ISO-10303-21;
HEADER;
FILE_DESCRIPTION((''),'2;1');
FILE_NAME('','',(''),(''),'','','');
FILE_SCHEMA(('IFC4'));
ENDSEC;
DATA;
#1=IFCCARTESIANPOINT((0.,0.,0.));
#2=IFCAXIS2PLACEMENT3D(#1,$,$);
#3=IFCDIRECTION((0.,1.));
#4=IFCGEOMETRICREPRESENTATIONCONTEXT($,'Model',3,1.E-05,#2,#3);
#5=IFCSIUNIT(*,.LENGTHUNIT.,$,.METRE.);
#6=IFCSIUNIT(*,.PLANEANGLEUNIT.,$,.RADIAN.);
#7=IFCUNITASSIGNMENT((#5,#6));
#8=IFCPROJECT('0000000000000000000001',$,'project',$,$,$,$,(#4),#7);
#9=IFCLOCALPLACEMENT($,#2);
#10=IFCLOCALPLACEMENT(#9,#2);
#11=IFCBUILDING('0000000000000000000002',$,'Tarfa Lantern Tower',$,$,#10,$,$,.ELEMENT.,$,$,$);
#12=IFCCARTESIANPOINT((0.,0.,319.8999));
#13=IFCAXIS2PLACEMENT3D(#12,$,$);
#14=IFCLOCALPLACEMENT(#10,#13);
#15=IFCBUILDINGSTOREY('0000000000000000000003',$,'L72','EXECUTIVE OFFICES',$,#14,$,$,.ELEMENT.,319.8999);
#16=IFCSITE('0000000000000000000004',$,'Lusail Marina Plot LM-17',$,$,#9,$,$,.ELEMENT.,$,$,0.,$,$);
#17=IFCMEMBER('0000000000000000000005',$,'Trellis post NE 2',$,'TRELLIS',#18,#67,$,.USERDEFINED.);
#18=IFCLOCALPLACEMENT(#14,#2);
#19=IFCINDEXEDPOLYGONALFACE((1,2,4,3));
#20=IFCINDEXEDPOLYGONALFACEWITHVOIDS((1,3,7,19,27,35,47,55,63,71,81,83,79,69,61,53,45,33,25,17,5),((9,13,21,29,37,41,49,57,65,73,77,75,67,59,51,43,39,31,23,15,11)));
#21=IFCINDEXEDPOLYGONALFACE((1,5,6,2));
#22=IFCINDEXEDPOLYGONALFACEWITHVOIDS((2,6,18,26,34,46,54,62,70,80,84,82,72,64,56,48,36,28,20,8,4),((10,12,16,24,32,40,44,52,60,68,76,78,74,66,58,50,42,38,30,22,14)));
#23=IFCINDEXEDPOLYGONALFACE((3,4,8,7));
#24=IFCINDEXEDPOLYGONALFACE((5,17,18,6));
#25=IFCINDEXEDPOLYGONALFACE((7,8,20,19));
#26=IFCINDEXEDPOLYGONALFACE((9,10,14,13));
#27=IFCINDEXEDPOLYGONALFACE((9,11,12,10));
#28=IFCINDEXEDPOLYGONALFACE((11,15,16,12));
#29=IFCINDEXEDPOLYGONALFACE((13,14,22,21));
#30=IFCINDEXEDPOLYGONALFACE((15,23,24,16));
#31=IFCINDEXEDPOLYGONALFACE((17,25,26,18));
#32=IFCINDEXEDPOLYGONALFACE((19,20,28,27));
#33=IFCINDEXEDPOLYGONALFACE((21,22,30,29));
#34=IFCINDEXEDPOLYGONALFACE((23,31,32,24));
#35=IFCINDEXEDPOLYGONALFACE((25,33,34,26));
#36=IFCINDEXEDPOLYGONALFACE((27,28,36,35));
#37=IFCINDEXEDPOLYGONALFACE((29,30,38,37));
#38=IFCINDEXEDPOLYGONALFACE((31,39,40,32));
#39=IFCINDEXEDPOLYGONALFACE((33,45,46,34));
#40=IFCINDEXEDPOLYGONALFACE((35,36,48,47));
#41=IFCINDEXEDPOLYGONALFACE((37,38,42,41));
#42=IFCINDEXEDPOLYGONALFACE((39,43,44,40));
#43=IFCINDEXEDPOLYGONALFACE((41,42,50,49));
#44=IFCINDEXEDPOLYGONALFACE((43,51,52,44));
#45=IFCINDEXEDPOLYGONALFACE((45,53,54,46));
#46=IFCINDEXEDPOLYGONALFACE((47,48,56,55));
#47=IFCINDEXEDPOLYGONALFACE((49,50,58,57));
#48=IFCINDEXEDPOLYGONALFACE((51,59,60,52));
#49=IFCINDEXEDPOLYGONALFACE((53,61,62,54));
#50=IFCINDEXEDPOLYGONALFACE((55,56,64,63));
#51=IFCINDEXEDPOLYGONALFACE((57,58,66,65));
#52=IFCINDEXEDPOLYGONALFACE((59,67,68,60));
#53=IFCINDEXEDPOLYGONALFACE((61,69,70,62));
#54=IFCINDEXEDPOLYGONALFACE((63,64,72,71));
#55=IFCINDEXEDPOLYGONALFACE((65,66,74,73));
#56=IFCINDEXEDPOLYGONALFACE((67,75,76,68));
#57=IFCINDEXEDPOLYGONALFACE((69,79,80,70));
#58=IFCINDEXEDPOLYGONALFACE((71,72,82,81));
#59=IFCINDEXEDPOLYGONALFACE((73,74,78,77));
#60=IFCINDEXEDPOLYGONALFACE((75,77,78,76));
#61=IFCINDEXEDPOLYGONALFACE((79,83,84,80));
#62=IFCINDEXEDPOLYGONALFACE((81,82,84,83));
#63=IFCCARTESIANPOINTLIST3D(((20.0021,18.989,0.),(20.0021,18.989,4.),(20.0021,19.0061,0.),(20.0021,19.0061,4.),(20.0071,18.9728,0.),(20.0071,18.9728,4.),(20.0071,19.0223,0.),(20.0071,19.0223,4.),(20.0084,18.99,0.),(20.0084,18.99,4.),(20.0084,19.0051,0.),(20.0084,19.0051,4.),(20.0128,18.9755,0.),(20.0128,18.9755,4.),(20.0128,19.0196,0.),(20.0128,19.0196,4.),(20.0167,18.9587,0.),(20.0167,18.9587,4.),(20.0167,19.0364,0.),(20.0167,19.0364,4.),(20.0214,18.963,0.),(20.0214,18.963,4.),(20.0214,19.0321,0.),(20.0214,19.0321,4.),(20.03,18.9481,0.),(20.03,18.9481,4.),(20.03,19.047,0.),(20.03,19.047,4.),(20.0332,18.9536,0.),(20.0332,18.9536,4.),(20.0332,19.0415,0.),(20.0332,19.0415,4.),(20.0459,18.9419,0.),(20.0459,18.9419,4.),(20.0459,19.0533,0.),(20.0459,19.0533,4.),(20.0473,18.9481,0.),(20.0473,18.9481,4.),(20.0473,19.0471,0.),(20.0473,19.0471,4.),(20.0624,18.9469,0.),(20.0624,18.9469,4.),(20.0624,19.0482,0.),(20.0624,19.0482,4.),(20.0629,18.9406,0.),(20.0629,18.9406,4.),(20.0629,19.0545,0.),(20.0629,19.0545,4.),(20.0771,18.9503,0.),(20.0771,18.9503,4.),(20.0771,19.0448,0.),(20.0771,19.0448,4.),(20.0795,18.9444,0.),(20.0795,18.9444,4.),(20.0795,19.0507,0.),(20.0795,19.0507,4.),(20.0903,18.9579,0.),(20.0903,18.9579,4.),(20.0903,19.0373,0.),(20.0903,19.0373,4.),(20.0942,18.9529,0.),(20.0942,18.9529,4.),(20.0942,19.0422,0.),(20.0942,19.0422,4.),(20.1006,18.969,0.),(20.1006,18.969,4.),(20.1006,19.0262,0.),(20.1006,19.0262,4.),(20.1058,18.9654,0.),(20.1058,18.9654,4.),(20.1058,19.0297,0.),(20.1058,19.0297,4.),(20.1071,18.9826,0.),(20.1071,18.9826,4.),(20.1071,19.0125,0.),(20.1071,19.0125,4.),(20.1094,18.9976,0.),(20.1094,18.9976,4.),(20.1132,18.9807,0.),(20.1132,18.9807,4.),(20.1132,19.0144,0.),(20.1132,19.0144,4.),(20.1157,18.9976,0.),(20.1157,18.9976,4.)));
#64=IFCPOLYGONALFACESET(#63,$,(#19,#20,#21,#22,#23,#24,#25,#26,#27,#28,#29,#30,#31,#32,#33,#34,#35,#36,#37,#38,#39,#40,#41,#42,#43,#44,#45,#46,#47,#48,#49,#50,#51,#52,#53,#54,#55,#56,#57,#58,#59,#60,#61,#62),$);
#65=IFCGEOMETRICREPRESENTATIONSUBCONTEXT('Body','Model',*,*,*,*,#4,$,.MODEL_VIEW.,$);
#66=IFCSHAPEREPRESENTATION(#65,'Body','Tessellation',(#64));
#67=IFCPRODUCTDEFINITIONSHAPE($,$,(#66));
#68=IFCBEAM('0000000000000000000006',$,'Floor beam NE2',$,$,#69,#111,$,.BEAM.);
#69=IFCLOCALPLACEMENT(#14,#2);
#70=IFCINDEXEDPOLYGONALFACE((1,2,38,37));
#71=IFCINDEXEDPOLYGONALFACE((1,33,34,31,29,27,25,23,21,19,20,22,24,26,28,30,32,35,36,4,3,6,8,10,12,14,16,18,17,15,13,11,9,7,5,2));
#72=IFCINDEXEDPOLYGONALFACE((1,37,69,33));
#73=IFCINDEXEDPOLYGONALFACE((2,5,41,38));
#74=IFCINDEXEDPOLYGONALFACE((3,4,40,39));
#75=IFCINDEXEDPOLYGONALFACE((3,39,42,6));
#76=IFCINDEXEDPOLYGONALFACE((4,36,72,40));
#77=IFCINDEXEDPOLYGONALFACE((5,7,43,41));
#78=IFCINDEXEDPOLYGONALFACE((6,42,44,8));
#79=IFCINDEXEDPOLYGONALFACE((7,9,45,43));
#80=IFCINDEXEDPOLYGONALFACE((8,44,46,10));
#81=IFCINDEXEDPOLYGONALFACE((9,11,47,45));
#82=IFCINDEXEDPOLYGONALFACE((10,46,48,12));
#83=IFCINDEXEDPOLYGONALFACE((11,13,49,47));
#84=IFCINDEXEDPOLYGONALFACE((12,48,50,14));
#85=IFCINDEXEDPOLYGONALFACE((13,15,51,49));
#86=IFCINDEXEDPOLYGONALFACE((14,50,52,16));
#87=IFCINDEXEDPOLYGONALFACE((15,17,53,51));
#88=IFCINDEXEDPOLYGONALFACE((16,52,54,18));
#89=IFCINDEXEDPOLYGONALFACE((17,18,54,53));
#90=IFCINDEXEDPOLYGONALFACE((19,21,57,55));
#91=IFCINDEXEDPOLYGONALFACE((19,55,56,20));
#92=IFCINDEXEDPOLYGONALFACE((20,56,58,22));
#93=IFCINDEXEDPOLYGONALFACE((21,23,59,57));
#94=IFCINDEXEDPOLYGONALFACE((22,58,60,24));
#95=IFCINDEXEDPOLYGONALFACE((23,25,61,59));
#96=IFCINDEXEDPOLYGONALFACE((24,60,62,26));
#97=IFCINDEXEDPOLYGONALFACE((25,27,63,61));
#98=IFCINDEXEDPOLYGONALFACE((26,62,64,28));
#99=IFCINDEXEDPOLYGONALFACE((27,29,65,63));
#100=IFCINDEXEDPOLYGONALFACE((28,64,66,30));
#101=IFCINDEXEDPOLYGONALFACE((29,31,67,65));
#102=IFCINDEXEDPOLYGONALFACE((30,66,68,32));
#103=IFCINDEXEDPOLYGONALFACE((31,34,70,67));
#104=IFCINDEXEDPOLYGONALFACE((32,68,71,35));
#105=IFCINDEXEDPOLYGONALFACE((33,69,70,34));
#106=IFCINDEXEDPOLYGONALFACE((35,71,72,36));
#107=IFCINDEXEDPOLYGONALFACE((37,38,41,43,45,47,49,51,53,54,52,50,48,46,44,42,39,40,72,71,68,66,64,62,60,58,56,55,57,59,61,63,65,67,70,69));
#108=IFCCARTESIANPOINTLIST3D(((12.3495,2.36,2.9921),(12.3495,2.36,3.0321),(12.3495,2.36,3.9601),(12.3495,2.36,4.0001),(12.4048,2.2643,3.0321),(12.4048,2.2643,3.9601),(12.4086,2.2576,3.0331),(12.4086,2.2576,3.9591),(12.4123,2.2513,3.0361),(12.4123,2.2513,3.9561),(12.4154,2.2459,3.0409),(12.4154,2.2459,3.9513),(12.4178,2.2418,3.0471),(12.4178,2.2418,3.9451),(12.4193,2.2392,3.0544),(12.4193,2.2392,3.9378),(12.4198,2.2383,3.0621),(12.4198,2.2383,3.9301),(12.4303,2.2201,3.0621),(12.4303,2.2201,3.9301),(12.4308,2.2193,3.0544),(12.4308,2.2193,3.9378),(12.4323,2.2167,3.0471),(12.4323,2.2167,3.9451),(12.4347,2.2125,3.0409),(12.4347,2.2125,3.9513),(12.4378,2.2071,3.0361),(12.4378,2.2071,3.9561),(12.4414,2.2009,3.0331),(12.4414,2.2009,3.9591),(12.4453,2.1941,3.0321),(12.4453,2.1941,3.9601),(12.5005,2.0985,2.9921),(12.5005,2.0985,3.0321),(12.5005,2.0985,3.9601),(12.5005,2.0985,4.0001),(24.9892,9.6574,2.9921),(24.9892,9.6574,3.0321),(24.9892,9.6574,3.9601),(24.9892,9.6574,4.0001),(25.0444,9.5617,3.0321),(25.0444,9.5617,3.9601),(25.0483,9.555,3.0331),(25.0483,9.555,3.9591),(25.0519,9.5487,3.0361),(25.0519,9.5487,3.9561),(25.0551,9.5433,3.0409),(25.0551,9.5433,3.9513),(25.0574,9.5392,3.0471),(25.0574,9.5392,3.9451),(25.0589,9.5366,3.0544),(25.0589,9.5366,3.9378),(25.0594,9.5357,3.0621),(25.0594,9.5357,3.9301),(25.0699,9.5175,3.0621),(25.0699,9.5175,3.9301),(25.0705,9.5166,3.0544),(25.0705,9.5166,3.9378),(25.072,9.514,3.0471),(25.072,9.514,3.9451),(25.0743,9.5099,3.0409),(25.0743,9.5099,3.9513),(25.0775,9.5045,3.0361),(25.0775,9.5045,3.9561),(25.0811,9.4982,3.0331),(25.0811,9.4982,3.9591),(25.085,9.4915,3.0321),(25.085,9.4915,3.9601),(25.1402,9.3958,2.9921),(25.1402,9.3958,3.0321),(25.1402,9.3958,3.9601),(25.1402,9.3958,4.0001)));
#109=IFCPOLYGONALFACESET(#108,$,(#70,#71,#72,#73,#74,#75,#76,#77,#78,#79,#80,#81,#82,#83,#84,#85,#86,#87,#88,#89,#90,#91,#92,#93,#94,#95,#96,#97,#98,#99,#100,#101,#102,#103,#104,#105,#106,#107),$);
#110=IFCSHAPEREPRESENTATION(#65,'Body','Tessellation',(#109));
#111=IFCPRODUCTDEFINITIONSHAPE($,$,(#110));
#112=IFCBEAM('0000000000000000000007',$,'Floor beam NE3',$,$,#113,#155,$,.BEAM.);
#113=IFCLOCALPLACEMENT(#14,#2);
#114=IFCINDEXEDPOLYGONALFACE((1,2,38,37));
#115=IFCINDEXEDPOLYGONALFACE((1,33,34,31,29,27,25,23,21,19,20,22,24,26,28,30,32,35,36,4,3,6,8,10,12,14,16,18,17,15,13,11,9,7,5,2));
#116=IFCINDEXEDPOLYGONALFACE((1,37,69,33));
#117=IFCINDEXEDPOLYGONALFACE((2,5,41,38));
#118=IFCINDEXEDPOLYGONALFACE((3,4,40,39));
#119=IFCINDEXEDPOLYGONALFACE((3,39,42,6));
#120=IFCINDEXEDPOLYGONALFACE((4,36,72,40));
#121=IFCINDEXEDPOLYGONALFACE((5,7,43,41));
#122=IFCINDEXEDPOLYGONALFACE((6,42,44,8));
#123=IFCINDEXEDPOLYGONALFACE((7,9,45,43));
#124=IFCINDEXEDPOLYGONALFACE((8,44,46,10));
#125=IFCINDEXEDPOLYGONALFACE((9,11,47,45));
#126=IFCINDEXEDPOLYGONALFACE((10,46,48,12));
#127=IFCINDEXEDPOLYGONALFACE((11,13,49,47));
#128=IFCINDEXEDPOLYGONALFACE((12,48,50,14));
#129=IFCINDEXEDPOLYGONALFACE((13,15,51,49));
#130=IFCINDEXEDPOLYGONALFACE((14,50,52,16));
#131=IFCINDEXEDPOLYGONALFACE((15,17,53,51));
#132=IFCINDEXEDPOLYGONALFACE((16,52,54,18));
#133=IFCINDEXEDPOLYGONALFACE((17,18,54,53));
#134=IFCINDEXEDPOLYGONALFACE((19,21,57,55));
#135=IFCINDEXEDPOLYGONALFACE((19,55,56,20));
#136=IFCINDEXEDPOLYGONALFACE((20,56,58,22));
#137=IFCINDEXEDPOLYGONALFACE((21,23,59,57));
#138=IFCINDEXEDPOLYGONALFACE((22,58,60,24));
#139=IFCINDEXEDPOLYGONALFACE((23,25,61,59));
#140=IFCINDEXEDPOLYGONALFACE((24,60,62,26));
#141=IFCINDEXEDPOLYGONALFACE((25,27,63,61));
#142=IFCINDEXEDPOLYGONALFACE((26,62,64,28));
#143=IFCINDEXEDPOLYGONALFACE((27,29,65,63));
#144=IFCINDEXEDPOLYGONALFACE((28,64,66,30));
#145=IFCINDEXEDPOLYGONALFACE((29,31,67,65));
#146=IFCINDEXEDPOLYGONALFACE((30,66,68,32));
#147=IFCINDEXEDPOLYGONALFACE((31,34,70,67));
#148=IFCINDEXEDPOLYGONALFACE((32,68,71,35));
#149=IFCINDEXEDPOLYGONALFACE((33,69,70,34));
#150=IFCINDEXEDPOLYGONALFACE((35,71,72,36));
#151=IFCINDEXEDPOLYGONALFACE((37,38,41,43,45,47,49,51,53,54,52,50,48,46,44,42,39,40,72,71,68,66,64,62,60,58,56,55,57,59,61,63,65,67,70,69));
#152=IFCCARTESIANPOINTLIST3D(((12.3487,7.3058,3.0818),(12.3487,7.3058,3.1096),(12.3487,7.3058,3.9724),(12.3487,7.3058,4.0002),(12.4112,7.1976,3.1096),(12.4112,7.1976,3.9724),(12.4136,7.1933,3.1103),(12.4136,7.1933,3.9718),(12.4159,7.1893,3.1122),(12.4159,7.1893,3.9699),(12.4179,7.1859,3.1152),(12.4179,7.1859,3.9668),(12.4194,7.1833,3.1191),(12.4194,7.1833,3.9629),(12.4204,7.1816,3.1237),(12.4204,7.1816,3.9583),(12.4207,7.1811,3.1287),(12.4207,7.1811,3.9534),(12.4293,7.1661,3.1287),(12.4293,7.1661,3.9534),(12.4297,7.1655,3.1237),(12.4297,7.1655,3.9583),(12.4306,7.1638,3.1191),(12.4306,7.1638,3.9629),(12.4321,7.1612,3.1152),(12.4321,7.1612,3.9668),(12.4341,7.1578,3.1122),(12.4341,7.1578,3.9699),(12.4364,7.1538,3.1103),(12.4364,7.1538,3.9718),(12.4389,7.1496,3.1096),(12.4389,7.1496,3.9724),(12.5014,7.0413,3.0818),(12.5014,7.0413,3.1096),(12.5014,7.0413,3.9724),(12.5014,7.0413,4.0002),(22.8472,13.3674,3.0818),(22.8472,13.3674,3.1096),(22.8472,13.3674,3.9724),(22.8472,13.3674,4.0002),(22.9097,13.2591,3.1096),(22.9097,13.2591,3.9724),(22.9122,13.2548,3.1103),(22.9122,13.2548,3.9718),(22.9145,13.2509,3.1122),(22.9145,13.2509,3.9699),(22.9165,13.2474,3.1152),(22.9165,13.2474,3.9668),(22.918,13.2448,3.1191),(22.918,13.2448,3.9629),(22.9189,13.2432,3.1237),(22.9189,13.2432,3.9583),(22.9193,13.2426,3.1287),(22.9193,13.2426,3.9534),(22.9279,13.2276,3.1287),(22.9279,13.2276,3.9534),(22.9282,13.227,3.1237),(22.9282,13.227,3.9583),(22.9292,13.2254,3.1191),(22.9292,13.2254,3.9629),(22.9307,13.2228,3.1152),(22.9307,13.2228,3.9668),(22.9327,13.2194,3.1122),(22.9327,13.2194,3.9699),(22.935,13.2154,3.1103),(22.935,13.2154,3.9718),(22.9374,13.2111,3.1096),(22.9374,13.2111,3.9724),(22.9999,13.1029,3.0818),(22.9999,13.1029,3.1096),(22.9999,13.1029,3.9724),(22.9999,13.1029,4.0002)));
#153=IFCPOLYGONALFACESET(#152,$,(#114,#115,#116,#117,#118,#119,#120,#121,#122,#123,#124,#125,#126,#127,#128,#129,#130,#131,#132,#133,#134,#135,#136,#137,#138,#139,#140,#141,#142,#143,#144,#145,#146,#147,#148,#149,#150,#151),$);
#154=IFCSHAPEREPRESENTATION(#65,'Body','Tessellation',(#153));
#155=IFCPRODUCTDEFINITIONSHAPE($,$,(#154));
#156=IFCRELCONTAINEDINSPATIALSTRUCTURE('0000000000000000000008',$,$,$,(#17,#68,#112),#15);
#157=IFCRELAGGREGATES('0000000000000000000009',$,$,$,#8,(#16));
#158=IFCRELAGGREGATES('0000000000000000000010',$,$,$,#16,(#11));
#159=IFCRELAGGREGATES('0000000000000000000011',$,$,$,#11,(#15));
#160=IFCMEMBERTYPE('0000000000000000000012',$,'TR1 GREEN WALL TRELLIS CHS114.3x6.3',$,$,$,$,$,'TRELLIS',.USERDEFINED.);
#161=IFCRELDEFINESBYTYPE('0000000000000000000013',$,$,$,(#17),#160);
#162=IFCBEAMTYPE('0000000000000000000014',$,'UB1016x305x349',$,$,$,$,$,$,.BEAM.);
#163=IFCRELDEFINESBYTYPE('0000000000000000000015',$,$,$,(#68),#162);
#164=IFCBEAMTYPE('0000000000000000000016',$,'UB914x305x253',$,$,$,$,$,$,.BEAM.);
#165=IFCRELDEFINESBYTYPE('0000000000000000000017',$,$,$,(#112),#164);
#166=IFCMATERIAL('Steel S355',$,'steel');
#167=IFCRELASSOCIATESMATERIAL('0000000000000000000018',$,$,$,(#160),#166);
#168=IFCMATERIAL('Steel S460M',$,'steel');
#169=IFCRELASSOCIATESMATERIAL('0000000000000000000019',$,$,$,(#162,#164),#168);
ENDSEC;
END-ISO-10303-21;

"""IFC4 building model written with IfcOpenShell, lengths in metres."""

from ifc_helpers import new_model, si_unit, direction, frame, origin, origin_2d, place, context, subcontext, project, spatial, hollow_circle, i_section, extrude, material, material_profile, profile_set, type_object, element, save


model = new_model("IFC4")

# Units and contexts
model_context = context("Model", 3, precision=1e-05, world=origin(), true_north=direction((0.0, 1.0)))
body_context = subcontext(model_context, "Body", "Model", "MODEL_VIEW")
ifc_project = project(units=[si_unit("LENGTHUNIT", "METRE"), si_unit("PLANEANGLEUNIT", "RADIAN")], contexts=[model_context])

# Site, building, storey
site_placement = place(None, origin())
site = spatial("IfcSite", under=ifc_project, at=site_placement, Name="Lusail Marina Plot LM-17", CompositionType="ELEMENT", RefElevation=0.0)
building_placement = place(site_placement, origin())
building = spatial("IfcBuilding", under=site, at=building_placement, Name="Tarfa Lantern Tower", CompositionType="ELEMENT")
storey_placement = place(building_placement, frame((0.0, 0.0, 319.8999)))
storey = spatial("IfcBuildingStorey", under=building, at=storey_placement, Name="L72", Description="EXECUTIVE OFFICES", CompositionType="ELEMENT", Elevation=319.8999)

# Member
ifc_material_1 = material(Name="Steel S355", Category="steel")
ifc_material_profile_1 = material_profile(ifc_material_1, hollow_circle(Radius=0.0571, WallThickness=0.0063, at=origin_2d()), Name="CHS114.3x6.3")
ifc_profile_set_1 = profile_set([ifc_material_profile_1], Name="Steel S355")
member_type_1 = type_object("IfcMemberType", Name="TR1 GREEN WALL TRELLIS CHS114.3x6.3", ElementType="TRELLIS", PredefinedType="USERDEFINED", material=ifc_profile_set_1)
member_1_placement = place(storey_placement, frame((20.0586, 18.9976, 0.0), z_axis=(0.0, 0.0, 1.0), x_axis=(1.0, 0.0, 0.0)))
element("IfcMember", 1, at=member_1_placement, inside=storey, type_object=member_type_1, Name="Trellis post NE 2", ObjectType="TRELLIS", PredefinedType="USERDEFINED", context=body_context, shape_type="SweptSolid", body=[
    extrude(hollow_circle(Radius=0.0571, WallThickness=0.0063, at=origin_2d()), origin(), (0.0, 0.0, 1.0), 4.0),
])

# Beams
ifc_material_2 = material(Name="Steel S460M", Category="steel")
ifc_material_profile_2 = material_profile(ifc_material_2, i_section(OverallWidth=0.302, OverallDepth=1.0081, WebThickness=0.021, FlangeThickness=0.04, FilletRadius=0.03, at=origin_2d()), Name="UB1016x305x349")
ifc_profile_set_2 = profile_set([ifc_material_profile_2], Name="Steel S460M")
beam_type_1 = type_object("IfcBeamType", Name="UB1016x305x349", PredefinedType="BEAM", material=ifc_profile_set_2)
beam_1_placement = place(storey_placement, frame((25.0647, 9.5266, 3.4961), z_axis=(-0.86603, -0.499993, 0.0), x_axis=(0.499993, -0.86603, 0.0)))
element("IfcBeam", 2, at=beam_1_placement, inside=storey, type_object=beam_type_1, Name="Floor beam NE2", PredefinedType="BEAM", context=body_context, shape_type="SweptSolid", body=[
    extrude(i_section(OverallWidth=0.302, OverallDepth=1.0081, WebThickness=0.021, FlangeThickness=0.04, FilletRadius=0.03, at=origin_2d()), origin(), (0.0, 0.0, 1.0), 14.595),
])
ifc_material_profile_3 = material_profile(ifc_material_2, i_section(OverallWidth=0.3054, OverallDepth=0.9185, WebThickness=0.0173, FlangeThickness=0.0278, FilletRadius=0.019, at=origin_2d()), Name="UB914x305x253")
ifc_profile_set_3 = profile_set([ifc_material_profile_3], Name="Steel S460M")
beam_type_2 = type_object("IfcBeamType", Name="UB914x305x253", PredefinedType="BEAM", material=ifc_profile_set_3)
beam_2_placement = place(storey_placement, frame((22.9236, 13.2351, 3.541), z_axis=(-0.866019, -0.500012, 0.0), x_axis=(0.500012, -0.866019, 0.0)))
element("IfcBeam", 3, at=beam_2_placement, inside=storey, type_object=beam_type_2, Name="Floor beam NE3", PredefinedType="BEAM", context=body_context, shape_type="SweptSolid", body=[
    extrude(i_section(OverallWidth=0.3054, OverallDepth=0.9185, WebThickness=0.0173, FlangeThickness=0.0278, FilletRadius=0.019, at=origin_2d()), origin(), (0.0, 0.0, 1.0), 12.1228),
])

save(model, "model.ifc")
